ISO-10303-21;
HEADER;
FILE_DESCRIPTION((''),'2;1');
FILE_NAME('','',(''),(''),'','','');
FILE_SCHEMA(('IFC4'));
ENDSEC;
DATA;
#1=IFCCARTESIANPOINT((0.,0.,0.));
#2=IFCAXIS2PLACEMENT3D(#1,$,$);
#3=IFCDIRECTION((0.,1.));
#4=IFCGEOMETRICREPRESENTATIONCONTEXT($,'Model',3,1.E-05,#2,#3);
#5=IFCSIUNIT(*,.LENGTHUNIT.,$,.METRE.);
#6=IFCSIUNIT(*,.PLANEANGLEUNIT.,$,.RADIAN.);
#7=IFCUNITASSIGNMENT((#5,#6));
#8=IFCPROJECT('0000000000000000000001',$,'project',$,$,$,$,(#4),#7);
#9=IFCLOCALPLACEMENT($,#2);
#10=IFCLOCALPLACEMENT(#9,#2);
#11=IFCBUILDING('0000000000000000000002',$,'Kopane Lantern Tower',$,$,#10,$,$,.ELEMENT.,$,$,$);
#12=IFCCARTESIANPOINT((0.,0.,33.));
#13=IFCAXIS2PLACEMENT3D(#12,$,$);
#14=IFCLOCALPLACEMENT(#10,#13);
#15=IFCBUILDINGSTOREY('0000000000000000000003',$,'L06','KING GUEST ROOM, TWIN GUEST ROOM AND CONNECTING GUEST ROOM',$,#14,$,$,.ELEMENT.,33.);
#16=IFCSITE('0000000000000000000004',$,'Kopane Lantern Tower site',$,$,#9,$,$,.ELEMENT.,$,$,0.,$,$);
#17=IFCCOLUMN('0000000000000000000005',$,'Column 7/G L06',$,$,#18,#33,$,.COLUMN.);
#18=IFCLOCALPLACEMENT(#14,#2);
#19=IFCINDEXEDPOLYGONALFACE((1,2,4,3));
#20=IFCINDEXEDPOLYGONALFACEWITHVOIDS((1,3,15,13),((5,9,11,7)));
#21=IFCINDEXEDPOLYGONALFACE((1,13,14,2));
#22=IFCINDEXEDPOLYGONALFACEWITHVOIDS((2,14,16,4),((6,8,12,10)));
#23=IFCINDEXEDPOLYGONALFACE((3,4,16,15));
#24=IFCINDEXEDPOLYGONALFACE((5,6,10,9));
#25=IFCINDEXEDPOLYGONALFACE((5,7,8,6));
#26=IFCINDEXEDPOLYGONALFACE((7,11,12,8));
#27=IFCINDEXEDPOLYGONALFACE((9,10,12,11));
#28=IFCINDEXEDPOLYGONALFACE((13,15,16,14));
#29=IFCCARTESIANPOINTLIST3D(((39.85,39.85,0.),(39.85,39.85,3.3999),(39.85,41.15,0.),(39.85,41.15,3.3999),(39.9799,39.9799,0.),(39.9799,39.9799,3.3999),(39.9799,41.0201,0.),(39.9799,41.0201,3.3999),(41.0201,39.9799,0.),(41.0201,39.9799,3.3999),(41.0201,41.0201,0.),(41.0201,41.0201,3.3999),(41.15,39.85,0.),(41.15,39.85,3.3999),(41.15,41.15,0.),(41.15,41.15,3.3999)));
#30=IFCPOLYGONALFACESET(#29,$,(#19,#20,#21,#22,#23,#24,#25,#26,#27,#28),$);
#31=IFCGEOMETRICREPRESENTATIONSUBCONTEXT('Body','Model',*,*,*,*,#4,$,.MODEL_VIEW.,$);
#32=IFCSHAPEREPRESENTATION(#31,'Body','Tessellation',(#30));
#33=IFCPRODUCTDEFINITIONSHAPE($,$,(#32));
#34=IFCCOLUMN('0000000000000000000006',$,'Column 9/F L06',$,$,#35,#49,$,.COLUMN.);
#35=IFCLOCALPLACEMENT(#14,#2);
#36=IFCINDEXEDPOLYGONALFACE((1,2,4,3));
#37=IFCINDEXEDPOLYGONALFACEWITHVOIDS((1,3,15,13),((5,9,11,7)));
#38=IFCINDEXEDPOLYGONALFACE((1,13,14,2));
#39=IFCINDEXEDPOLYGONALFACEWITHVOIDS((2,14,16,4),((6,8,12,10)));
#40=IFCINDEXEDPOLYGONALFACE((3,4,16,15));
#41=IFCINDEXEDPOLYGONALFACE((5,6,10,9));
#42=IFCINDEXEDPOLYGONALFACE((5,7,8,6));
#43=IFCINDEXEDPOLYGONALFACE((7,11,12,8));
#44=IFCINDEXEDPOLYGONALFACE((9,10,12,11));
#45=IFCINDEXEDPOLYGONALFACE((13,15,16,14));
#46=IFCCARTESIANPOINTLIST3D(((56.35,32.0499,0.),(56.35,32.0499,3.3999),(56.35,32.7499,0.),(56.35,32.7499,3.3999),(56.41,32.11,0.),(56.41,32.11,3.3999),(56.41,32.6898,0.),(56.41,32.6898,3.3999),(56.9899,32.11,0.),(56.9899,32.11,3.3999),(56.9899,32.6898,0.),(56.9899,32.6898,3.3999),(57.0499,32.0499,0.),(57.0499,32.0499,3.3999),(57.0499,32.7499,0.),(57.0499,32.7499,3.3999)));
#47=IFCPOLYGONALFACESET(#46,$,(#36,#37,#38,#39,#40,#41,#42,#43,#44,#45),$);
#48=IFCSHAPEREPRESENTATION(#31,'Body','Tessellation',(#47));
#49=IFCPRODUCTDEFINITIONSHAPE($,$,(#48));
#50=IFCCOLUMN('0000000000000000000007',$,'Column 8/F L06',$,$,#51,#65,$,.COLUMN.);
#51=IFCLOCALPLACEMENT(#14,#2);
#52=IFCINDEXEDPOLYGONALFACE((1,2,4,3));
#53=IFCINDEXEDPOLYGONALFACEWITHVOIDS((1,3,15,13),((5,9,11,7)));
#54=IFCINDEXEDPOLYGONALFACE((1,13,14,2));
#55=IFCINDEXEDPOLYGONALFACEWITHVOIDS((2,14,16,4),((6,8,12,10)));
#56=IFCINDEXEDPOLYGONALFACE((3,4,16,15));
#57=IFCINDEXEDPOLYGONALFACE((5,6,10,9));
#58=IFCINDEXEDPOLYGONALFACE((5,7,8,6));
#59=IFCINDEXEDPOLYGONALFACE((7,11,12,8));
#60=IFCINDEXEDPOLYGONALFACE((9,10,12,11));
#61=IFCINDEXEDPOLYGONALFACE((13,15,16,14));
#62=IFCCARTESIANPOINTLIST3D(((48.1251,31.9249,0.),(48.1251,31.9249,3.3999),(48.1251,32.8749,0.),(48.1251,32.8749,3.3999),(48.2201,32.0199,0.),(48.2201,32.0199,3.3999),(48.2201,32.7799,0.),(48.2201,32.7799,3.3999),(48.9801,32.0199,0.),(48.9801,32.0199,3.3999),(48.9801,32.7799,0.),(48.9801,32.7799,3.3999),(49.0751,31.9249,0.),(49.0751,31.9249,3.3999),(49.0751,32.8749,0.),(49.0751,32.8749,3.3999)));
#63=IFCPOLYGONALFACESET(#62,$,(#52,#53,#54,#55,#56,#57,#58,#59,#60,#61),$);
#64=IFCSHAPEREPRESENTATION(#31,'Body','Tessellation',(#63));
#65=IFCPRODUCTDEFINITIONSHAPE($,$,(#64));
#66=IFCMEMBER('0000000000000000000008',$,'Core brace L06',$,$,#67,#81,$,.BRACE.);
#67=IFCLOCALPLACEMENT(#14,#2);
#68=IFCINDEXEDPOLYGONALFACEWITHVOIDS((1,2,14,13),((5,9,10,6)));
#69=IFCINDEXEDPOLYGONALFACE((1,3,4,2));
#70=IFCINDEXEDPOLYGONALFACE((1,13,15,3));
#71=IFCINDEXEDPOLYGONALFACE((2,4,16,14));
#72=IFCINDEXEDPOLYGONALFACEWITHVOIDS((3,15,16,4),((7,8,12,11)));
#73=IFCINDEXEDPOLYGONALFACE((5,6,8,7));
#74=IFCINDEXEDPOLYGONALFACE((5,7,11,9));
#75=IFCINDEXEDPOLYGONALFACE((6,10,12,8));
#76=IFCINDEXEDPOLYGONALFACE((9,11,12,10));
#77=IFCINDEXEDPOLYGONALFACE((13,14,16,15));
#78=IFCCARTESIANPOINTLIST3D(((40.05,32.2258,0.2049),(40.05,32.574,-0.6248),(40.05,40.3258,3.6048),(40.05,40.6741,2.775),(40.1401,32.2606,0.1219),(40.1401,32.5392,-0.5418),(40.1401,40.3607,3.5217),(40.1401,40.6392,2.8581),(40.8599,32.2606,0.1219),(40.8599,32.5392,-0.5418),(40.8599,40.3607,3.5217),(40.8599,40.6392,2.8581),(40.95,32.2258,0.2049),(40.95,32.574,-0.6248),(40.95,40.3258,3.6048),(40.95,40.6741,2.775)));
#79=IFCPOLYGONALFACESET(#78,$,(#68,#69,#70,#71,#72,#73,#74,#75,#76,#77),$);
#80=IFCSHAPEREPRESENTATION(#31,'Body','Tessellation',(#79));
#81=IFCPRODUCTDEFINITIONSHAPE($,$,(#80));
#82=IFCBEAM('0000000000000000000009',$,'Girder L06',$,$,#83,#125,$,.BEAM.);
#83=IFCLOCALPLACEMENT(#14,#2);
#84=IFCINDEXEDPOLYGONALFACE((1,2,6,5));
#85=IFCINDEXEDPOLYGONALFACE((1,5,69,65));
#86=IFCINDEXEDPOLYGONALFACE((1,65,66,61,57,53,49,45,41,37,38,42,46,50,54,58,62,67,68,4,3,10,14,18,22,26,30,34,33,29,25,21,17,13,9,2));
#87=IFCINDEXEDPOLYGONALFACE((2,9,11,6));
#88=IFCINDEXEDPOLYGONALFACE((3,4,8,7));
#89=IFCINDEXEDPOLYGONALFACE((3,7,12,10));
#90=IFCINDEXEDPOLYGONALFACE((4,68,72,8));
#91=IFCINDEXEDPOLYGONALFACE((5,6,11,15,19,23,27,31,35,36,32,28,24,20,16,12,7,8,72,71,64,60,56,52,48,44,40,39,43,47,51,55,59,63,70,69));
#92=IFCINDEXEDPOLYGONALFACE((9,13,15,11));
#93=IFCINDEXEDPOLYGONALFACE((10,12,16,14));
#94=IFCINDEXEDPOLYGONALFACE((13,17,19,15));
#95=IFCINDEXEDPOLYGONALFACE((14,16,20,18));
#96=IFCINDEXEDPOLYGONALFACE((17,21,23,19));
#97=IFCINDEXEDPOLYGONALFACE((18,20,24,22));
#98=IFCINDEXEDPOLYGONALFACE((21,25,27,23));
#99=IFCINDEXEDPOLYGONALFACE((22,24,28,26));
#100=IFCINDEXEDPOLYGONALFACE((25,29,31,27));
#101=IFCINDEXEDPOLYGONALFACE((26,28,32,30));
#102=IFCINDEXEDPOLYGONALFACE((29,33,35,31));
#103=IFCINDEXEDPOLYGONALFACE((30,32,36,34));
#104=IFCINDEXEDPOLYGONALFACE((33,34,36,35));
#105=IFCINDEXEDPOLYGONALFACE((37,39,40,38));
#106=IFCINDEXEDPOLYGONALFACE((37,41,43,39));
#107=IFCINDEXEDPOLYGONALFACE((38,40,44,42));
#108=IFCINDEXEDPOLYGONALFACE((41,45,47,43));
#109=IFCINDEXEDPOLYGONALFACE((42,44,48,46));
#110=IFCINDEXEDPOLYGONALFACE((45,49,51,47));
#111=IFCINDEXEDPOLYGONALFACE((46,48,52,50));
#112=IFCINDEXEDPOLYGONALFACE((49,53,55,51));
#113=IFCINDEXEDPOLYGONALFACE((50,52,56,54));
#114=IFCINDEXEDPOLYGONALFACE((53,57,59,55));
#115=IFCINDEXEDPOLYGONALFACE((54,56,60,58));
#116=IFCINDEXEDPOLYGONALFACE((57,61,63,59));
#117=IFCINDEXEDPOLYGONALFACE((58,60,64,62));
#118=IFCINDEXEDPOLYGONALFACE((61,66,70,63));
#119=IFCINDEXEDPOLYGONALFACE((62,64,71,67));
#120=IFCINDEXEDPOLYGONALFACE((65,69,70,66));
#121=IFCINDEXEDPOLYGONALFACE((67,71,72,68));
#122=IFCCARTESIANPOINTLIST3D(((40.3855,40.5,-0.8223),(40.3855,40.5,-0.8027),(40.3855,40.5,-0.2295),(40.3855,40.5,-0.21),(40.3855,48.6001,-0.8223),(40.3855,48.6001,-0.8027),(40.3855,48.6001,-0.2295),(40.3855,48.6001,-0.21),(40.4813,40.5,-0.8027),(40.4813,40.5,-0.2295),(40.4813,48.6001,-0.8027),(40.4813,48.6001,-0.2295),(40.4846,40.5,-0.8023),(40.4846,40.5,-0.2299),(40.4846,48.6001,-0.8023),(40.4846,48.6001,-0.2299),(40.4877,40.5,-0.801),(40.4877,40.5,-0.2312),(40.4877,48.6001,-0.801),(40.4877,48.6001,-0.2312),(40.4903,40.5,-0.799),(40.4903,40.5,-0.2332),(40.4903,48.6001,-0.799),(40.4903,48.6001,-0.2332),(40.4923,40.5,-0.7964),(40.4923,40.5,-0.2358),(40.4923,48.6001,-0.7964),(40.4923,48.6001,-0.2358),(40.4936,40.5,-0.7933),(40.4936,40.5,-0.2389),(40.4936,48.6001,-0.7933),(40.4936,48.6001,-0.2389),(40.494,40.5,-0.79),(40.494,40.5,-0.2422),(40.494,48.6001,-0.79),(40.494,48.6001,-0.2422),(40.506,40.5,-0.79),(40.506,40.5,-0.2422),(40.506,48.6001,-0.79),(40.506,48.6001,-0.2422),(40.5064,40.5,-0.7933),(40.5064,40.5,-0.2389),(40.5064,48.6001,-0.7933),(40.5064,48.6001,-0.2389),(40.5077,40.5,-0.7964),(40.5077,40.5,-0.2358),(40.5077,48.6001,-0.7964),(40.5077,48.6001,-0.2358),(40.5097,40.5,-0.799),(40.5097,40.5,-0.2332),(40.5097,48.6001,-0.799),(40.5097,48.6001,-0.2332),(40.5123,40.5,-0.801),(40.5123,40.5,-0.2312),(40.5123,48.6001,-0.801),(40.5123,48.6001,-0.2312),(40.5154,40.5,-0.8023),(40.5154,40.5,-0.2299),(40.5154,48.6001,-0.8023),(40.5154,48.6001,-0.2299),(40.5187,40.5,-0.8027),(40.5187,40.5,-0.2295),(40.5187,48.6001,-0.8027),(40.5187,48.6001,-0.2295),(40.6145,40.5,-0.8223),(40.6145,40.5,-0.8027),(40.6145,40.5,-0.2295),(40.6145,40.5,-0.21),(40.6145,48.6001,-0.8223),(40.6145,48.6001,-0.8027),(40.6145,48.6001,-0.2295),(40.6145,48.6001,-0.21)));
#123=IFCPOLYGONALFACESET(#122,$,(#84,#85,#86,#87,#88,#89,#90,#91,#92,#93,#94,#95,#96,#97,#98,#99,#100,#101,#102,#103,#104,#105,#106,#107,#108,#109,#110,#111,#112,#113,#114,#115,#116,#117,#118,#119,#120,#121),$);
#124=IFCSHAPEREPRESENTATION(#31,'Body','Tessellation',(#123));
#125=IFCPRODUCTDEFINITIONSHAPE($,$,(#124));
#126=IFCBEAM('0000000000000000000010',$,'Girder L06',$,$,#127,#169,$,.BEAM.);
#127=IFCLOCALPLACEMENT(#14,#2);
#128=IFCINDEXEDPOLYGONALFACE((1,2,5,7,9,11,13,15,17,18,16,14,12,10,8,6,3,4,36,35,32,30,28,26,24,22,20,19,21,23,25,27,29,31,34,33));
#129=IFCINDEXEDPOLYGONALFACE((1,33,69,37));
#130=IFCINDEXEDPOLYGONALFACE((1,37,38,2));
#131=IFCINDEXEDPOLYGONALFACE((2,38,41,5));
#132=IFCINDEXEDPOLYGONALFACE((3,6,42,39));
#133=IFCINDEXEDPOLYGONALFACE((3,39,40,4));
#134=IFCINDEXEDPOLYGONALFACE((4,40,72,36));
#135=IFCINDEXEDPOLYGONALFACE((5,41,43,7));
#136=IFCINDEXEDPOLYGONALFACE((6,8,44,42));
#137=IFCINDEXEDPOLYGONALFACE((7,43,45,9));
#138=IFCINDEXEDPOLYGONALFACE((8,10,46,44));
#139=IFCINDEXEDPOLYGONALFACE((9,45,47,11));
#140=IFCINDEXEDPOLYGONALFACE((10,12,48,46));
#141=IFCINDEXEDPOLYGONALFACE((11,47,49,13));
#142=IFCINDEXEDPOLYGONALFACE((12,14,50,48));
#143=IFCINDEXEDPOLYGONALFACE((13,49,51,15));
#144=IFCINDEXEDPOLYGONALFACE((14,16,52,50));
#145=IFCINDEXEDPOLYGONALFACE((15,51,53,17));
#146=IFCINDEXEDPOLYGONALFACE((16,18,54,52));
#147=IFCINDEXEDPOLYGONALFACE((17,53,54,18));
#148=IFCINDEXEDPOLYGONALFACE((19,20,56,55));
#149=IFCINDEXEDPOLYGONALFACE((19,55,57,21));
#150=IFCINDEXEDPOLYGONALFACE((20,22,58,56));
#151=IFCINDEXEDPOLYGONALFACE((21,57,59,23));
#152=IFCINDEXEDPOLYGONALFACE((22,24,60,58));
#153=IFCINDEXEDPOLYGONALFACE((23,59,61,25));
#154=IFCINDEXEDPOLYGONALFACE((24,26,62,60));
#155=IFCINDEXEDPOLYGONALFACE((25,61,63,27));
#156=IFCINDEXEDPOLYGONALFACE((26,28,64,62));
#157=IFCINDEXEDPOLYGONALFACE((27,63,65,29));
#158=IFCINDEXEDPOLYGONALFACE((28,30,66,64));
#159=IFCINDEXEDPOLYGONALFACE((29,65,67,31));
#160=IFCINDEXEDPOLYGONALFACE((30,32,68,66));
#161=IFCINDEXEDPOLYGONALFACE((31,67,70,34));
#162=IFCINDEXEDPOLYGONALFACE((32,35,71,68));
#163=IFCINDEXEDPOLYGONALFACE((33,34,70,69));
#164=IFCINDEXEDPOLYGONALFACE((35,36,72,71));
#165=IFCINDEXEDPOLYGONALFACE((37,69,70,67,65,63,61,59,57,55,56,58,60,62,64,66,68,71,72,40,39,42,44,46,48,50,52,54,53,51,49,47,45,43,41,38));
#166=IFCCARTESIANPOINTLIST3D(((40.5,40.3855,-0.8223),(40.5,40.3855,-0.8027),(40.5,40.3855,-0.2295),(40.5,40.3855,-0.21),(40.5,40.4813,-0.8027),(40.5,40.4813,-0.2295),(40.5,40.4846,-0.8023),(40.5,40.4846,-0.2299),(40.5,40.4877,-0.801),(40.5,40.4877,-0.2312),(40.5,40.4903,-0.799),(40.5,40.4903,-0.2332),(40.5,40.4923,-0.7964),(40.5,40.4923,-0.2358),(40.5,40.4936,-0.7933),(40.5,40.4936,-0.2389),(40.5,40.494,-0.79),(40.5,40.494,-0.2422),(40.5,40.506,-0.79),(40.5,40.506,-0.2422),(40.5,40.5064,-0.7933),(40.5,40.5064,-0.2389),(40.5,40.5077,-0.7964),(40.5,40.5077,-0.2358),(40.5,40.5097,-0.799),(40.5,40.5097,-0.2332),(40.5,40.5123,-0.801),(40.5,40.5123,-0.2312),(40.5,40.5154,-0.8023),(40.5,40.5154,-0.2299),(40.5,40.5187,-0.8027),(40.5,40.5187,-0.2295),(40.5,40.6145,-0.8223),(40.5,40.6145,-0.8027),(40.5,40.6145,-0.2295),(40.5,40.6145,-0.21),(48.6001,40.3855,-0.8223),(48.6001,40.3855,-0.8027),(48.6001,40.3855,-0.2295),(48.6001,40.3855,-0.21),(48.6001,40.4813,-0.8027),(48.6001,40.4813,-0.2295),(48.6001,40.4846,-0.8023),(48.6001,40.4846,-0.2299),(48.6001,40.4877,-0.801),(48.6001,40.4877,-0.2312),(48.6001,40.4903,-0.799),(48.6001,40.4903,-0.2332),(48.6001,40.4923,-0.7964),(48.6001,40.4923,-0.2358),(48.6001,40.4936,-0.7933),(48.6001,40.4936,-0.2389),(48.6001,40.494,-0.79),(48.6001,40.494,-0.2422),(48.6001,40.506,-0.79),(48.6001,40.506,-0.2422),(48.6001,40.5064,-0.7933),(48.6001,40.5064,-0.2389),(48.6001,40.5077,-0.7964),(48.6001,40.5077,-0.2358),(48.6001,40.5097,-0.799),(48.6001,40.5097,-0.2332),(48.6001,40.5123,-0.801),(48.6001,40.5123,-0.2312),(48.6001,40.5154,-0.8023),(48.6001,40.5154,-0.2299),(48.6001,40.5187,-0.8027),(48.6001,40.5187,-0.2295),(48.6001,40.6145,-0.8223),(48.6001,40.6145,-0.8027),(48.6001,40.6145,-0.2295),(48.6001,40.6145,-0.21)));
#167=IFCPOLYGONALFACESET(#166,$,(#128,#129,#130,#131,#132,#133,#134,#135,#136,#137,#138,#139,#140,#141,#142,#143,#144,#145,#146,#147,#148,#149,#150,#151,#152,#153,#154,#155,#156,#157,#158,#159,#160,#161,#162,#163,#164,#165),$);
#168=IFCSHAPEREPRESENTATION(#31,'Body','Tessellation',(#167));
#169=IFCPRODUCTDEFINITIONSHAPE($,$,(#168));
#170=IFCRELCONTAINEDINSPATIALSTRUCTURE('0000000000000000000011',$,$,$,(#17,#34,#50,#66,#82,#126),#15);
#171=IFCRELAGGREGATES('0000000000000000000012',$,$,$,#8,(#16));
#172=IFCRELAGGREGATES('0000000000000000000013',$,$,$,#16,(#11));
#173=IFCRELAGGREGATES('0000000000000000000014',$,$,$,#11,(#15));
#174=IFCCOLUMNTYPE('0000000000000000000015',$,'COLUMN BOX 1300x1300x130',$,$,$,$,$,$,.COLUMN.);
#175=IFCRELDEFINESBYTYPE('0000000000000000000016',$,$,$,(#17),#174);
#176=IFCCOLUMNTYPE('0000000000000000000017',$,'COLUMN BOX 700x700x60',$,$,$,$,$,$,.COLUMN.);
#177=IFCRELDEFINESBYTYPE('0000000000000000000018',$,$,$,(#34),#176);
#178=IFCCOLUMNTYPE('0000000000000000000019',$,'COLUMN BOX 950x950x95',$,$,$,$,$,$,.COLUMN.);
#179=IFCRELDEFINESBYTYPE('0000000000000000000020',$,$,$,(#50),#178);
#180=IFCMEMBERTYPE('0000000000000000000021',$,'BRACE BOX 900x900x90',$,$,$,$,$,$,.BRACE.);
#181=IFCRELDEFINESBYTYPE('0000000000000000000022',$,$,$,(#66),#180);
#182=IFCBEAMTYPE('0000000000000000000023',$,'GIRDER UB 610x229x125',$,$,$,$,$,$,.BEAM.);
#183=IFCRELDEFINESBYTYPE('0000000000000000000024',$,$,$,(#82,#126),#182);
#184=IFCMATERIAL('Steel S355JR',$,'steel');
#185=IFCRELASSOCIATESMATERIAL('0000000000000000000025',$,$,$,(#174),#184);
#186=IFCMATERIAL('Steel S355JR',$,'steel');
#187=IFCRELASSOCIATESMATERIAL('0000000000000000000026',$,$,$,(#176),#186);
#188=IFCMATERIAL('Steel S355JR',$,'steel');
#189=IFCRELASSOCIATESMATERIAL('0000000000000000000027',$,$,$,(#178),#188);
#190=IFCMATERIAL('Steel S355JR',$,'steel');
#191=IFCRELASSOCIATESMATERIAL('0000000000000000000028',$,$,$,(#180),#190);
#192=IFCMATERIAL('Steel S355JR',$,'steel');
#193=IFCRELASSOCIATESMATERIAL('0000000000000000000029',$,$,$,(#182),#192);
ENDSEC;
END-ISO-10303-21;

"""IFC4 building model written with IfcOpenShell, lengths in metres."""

from ifc_helpers import new_model, si_unit, direction, frame, origin, origin_2d, place, context, subcontext, project, spatial, hollow_rectangle, i_section, extrude, material, material_profile, profile_set, type_object, element, save


model = new_model("IFC4")

# Units and contexts
model_context = context("Model", 3, precision=1e-05, world=origin(), true_north=direction((0.0, 1.0)))
body_context = subcontext(model_context, "Body", "Model", "MODEL_VIEW")
ifc_project = project(units=[si_unit("LENGTHUNIT", "METRE"), si_unit("PLANEANGLEUNIT", "RADIAN")], contexts=[model_context])

# Site, building, storey
site_placement = place(None, origin())
site = spatial("IfcSite", under=ifc_project, at=site_placement, Name="Kopane Lantern Tower site", CompositionType="ELEMENT", RefElevation=0.0)
building_placement = place(site_placement, origin())
building = spatial("IfcBuilding", under=site, at=building_placement, Name="Kopane Lantern Tower", CompositionType="ELEMENT")
storey_placement = place(building_placement, frame((0.0, 0.0, 33.0)))
storey = spatial("IfcBuildingStorey", under=building, at=storey_placement, Name="L06", Description="KING GUEST ROOM, TWIN GUEST ROOM AND CONNECTING GUEST ROOM", CompositionType="ELEMENT", Elevation=33.0)

# Columns
ifc_material_1 = material(Name="Steel S355JR", Category="steel")
ifc_material_profile_1 = material_profile(ifc_material_1, hollow_rectangle(XDim=1.3, YDim=1.3, WallThickness=0.1299, at=origin_2d()), Name="BOX 1300x1300x130")
ifc_profile_set_1 = profile_set([ifc_material_profile_1], Name="Steel S355JR")
column_type_1 = type_object("IfcColumnType", Name="COLUMN BOX 1300x1300x130", PredefinedType="COLUMN", material=ifc_profile_set_1)
column_1_placement = place(storey_placement, frame((40.5, 40.5, 0.0), z_axis=(0.0, 0.0, 1.0), x_axis=(1.0, 0.0, 0.0)))
element("IfcColumn", 1, at=column_1_placement, inside=storey, type_object=column_type_1, Name="Column 7/G L06", PredefinedType="COLUMN", context=body_context, shape_type="SweptSolid", body=[
    extrude(hollow_rectangle(XDim=1.3, YDim=1.3, WallThickness=0.1299, at=origin_2d()), origin(), (0.0, 0.0, 1.0), 3.3999),
])
ifc_material_2 = material(Name="Steel S355JR", Category="steel")
ifc_material_profile_2 = material_profile(ifc_material_2, hollow_rectangle(XDim=0.7, YDim=0.7, WallThickness=0.0601, at=origin_2d()), Name="BOX 700x700x60")
ifc_profile_set_2 = profile_set([ifc_material_profile_2], Name="Steel S355JR")
column_type_2 = type_object("IfcColumnType", Name="COLUMN BOX 700x700x60", PredefinedType="COLUMN", material=ifc_profile_set_2)
column_2_placement = place(storey_placement, frame((56.7, 32.3999, 0.0), z_axis=(0.0, 0.0, 1.0), x_axis=(1.0, 0.0, 0.0)))
element("IfcColumn", 2, at=column_2_placement, inside=storey, type_object=column_type_2, Name="Column 9/F L06", PredefinedType="COLUMN", context=body_context, shape_type="SweptSolid", body=[
    extrude(hollow_rectangle(XDim=0.7, YDim=0.7, WallThickness=0.0601, at=origin_2d()), origin(), (0.0, 0.0, 1.0), 3.3999),
])
ifc_material_3 = material(Name="Steel S355JR", Category="steel")
ifc_material_profile_3 = material_profile(ifc_material_3, hollow_rectangle(XDim=0.95, YDim=0.95, WallThickness=0.095, at=origin_2d()), Name="BOX 950x950x95")
ifc_profile_set_3 = profile_set([ifc_material_profile_3], Name="Steel S355JR")
column_type_3 = type_object("IfcColumnType", Name="COLUMN BOX 950x950x95", PredefinedType="COLUMN", material=ifc_profile_set_3)
column_3_placement = place(storey_placement, frame((48.6001, 32.3999, 0.0), z_axis=(0.0, 0.0, 1.0), x_axis=(1.0, 0.0, 0.0)))
element("IfcColumn", 3, at=column_3_placement, inside=storey, type_object=column_type_3, Name="Column 8/F L06", PredefinedType="COLUMN", context=body_context, shape_type="SweptSolid", body=[
    extrude(hollow_rectangle(XDim=0.95, YDim=0.95, WallThickness=0.095, at=origin_2d()), origin(), (0.0, 0.0, 1.0), 3.3999),
])

# Member
ifc_material_4 = material(Name="Steel S355JR", Category="steel")
ifc_material_profile_4 = material_profile(ifc_material_4, hollow_rectangle(XDim=0.8999, YDim=0.8999, WallThickness=0.0901, at=origin_2d()), Name="BOX 900x900x90")
ifc_profile_set_4 = profile_set([ifc_material_profile_4], Name="Steel S355JR")
member_type = type_object("IfcMemberType", Name="BRACE BOX 900x900x90", PredefinedType="BRACE", material=ifc_profile_set_4)
member_placement = place(storey_placement, frame((40.5, 32.3999, -0.21), z_axis=(0.0, 0.922069, 0.387026), x_axis=(-1.0, 0.0, 0.0)))
element("IfcMember", 4, at=member_placement, inside=storey, type_object=member_type, Name="Core brace L06", PredefinedType="BRACE", context=body_context, shape_type="SweptSolid", body=[
    extrude(hollow_rectangle(XDim=0.8999, YDim=0.8999, WallThickness=0.0901, at=origin_2d()), origin(), (0.0, 0.0, 1.0), 8.7847),
])

# Beams
ifc_material_5 = material(Name="Steel S355JR", Category="steel")
ifc_material_profile_5 = material_profile(ifc_material_5, i_section(OverallWidth=0.229, OverallDepth=0.6123, WebThickness=0.012, FlangeThickness=0.0195, FilletRadius=0.0127, at=origin_2d()), Name="UB 610x229x125")
ifc_profile_set_5 = profile_set([ifc_material_profile_5], Name="Steel S355JR")
beam_type = type_object("IfcBeamType", Name="GIRDER UB 610x229x125", PredefinedType="BEAM", material=ifc_profile_set_5)
for number, where, z_axis, x_axis, name in (
    (5, (40.5, 40.5, -0.5161), (0.0, 1.0, 0.0), (-1.0, 0.0, 0.0), "Girder L06"),
    (6, (40.5, 40.5, -0.5161), (1.0, 0.0, 0.0), (0.0, 1.0, 0.0), "Girder L06"),
):
    element("IfcBeam", number, at=place(storey_placement, frame(where, z_axis=z_axis, x_axis=x_axis)), inside=storey, type_object=beam_type, Name=name, PredefinedType="BEAM", context=body_context, shape_type="SweptSolid", body=[
        extrude(i_section(OverallWidth=0.229, OverallDepth=0.6123, WebThickness=0.012, FlangeThickness=0.0195, FilletRadius=0.0127, at=origin_2d()), origin(), (0.0, 0.0, 1.0), 8.1001),
    ])

save(model, "model.ifc")
